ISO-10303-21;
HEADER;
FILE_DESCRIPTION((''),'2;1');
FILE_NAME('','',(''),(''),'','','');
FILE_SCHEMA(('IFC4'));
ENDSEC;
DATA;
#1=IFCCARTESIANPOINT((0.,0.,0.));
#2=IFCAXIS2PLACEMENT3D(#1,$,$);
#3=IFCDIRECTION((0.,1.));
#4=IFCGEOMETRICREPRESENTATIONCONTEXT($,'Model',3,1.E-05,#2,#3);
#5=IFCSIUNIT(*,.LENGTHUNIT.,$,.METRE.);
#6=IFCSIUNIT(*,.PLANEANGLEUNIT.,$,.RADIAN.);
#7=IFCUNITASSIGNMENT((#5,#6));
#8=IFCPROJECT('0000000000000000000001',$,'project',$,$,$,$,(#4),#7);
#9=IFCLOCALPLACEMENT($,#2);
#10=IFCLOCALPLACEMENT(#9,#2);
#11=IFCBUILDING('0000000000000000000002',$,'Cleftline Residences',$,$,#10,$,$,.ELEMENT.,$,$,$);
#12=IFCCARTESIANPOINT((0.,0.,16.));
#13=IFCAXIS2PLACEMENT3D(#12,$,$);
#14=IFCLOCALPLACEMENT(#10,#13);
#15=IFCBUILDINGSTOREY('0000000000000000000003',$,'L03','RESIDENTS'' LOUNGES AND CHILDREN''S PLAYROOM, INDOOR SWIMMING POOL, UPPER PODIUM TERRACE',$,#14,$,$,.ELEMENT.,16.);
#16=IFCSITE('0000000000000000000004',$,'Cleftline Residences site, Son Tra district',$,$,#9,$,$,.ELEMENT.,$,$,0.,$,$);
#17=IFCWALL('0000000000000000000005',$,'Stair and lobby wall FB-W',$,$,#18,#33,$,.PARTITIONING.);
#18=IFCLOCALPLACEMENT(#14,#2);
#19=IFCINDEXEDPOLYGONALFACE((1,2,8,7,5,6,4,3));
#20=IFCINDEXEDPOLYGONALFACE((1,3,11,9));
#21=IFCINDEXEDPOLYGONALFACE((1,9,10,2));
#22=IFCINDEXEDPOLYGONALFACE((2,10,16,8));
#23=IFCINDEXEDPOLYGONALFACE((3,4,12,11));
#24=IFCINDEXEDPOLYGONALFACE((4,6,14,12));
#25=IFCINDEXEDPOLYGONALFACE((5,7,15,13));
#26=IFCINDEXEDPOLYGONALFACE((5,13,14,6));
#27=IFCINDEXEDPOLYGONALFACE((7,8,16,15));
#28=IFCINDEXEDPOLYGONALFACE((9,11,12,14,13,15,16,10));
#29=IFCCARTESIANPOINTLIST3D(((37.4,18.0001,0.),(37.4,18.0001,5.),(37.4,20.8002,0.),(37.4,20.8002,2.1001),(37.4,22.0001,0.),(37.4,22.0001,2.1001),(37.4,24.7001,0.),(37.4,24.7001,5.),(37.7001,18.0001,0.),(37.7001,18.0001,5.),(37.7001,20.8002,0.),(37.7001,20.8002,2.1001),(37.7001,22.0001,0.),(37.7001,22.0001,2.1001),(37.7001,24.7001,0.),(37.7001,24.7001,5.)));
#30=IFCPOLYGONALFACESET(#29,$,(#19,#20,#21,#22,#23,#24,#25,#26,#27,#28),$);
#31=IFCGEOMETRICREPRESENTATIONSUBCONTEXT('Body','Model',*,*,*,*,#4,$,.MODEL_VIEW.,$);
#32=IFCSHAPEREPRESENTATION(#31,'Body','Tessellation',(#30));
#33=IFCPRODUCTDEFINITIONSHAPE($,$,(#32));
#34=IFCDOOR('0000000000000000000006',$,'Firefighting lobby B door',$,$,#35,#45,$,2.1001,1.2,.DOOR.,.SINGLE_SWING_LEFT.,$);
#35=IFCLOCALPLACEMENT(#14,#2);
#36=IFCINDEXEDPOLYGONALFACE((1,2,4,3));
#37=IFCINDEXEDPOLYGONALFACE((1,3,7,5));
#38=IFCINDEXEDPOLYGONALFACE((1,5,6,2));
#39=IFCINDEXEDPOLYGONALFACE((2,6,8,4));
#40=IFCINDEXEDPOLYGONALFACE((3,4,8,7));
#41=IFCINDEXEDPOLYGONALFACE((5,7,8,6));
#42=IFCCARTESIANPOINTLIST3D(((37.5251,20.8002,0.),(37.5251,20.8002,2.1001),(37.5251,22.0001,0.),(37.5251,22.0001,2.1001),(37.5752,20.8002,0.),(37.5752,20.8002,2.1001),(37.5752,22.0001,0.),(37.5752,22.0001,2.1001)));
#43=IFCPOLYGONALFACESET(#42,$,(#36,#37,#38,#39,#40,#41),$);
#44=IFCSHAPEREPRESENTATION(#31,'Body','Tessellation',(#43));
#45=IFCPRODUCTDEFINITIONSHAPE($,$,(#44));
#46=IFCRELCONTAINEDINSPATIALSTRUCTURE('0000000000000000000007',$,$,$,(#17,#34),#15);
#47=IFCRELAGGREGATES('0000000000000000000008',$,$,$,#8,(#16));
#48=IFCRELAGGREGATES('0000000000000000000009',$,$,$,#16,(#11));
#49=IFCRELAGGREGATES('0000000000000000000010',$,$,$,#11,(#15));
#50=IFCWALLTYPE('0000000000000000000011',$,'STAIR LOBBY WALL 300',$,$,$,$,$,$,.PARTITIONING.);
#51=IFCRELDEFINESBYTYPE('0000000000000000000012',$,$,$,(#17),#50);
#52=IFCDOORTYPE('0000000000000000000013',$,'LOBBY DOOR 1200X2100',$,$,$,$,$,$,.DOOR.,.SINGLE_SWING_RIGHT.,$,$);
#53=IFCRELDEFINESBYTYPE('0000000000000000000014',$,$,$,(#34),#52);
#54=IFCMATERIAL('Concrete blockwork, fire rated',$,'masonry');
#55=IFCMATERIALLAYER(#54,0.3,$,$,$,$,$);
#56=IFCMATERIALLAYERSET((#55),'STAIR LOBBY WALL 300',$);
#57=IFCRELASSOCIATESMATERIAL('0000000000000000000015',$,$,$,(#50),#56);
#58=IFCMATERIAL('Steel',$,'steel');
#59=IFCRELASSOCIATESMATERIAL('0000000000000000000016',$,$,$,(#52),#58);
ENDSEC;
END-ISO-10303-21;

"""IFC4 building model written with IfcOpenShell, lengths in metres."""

from ifc_helpers import new_model, si_unit, direction, frame, frame_2d, origin, place, context, subcontext, project, spatial, rectangle, extrude, material, layer, layer_set, type_object, element, fill, save


model = new_model("IFC4")

# Units and contexts
model_context = context("Model", 3, precision=1e-05, world=origin(), true_north=direction((0.0, 1.0)))
body_context = subcontext(model_context, "Body", "Model", "MODEL_VIEW")
ifc_project = project(units=[si_unit("LENGTHUNIT", "METRE"), si_unit("PLANEANGLEUNIT", "RADIAN")], contexts=[model_context])

# Site, building, storey
site_placement = place(None, origin())
site = spatial("IfcSite", under=ifc_project, at=site_placement, Name="Cleftline Residences site, Son Tra district", CompositionType="ELEMENT", RefElevation=0.0)
building_placement = place(site_placement, origin())
building = spatial("IfcBuilding", under=site, at=building_placement, Name="Cleftline Residences", CompositionType="ELEMENT")
storey_placement = place(building_placement, frame((0.0, 0.0, 16.0)))
storey = spatial("IfcBuildingStorey", under=building, at=storey_placement, Name="L03", Description="RESIDENTS' LOUNGES AND CHILDREN'S PLAYROOM, INDOOR SWIMMING POOL, UPPER PODIUM TERRACE", CompositionType="ELEMENT", Elevation=16.0)

# Wall, opening, door
ifc_material_1 = material(Name="Concrete blockwork, fire rated", Category="masonry")
ifc_layer_1 = layer(ifc_material_1, 0.3)
ifc_layer_set_1 = layer_set([ifc_layer_1], Name="STAIR LOBBY WALL 300")
wall_type_1 = type_object("IfcWallType", Name="STAIR LOBBY WALL 300", PredefinedType="PARTITIONING", material=ifc_layer_set_1)
wall_1_placement = place(storey_placement, frame((37.55, 18.0, 0.0), z_axis=(0.0, 0.0, 1.0), x_axis=(0.0, 1.0, 0.0)))
wall_1 = element("IfcWall", 1, at=wall_1_placement, inside=storey, type_object=wall_type_1, Name="Stair and lobby wall FB-W", PredefinedType="PARTITIONING", context=body_context, shape_type="SweptSolid", body=[
    extrude(rectangle(XDim=6.7, YDim=0.3, at=frame_2d((3.3501, 0.0))), origin(), (0.0, 0.0, 1.0), 5.0),
])
opening_1_placement = place(wall_1_placement, frame((2.8, 0.0, 0.0)))
opening_1 = element("IfcOpeningElement", 2, at=opening_1_placement, cuts=wall_1, PredefinedType="OPENING", context=body_context, shape_type="SweptSolid", body=[
    extrude(rectangle(XDim=1.2, YDim=2.1001, at=frame_2d((0.6001, 1.05))), frame((0.0, 0.1599, 0.0), z_axis=(0.0, -1.0, 0.0), x_axis=(1.0, 0.0, 0.0)), (0.0, 0.0, 1.0), 0.3201),
])
ifc_material_2 = material(Name="Steel", Category="steel")
door_type_1 = type_object("IfcDoorType", Name="LOBBY DOOR 1200X2100", OperationType="SINGLE_SWING_RIGHT", PredefinedType="DOOR", material=ifc_material_2)
door_1_placement = place(opening_1_placement, origin())
door_1 = element("IfcDoor", 3, at=door_1_placement, inside=storey, type_object=door_type_1, Name="Firefighting lobby B door", OperationType="SINGLE_SWING_LEFT", OverallHeight=2.1001, OverallWidth=1.2, PredefinedType="DOOR", context=body_context, shape_type="SweptSolid", body=[
    extrude(rectangle(XDim=1.2, YDim=2.1001, at=frame_2d((0.6001, 1.05))), frame((0.0, 0.0249, 0.0), z_axis=(0.0, -1.0, 0.0), x_axis=(1.0, 0.0, 0.0)), (0.0, 0.0, 1.0), 0.05),
])
fill(opening_1, door_1)

save(model, "model.ifc")
